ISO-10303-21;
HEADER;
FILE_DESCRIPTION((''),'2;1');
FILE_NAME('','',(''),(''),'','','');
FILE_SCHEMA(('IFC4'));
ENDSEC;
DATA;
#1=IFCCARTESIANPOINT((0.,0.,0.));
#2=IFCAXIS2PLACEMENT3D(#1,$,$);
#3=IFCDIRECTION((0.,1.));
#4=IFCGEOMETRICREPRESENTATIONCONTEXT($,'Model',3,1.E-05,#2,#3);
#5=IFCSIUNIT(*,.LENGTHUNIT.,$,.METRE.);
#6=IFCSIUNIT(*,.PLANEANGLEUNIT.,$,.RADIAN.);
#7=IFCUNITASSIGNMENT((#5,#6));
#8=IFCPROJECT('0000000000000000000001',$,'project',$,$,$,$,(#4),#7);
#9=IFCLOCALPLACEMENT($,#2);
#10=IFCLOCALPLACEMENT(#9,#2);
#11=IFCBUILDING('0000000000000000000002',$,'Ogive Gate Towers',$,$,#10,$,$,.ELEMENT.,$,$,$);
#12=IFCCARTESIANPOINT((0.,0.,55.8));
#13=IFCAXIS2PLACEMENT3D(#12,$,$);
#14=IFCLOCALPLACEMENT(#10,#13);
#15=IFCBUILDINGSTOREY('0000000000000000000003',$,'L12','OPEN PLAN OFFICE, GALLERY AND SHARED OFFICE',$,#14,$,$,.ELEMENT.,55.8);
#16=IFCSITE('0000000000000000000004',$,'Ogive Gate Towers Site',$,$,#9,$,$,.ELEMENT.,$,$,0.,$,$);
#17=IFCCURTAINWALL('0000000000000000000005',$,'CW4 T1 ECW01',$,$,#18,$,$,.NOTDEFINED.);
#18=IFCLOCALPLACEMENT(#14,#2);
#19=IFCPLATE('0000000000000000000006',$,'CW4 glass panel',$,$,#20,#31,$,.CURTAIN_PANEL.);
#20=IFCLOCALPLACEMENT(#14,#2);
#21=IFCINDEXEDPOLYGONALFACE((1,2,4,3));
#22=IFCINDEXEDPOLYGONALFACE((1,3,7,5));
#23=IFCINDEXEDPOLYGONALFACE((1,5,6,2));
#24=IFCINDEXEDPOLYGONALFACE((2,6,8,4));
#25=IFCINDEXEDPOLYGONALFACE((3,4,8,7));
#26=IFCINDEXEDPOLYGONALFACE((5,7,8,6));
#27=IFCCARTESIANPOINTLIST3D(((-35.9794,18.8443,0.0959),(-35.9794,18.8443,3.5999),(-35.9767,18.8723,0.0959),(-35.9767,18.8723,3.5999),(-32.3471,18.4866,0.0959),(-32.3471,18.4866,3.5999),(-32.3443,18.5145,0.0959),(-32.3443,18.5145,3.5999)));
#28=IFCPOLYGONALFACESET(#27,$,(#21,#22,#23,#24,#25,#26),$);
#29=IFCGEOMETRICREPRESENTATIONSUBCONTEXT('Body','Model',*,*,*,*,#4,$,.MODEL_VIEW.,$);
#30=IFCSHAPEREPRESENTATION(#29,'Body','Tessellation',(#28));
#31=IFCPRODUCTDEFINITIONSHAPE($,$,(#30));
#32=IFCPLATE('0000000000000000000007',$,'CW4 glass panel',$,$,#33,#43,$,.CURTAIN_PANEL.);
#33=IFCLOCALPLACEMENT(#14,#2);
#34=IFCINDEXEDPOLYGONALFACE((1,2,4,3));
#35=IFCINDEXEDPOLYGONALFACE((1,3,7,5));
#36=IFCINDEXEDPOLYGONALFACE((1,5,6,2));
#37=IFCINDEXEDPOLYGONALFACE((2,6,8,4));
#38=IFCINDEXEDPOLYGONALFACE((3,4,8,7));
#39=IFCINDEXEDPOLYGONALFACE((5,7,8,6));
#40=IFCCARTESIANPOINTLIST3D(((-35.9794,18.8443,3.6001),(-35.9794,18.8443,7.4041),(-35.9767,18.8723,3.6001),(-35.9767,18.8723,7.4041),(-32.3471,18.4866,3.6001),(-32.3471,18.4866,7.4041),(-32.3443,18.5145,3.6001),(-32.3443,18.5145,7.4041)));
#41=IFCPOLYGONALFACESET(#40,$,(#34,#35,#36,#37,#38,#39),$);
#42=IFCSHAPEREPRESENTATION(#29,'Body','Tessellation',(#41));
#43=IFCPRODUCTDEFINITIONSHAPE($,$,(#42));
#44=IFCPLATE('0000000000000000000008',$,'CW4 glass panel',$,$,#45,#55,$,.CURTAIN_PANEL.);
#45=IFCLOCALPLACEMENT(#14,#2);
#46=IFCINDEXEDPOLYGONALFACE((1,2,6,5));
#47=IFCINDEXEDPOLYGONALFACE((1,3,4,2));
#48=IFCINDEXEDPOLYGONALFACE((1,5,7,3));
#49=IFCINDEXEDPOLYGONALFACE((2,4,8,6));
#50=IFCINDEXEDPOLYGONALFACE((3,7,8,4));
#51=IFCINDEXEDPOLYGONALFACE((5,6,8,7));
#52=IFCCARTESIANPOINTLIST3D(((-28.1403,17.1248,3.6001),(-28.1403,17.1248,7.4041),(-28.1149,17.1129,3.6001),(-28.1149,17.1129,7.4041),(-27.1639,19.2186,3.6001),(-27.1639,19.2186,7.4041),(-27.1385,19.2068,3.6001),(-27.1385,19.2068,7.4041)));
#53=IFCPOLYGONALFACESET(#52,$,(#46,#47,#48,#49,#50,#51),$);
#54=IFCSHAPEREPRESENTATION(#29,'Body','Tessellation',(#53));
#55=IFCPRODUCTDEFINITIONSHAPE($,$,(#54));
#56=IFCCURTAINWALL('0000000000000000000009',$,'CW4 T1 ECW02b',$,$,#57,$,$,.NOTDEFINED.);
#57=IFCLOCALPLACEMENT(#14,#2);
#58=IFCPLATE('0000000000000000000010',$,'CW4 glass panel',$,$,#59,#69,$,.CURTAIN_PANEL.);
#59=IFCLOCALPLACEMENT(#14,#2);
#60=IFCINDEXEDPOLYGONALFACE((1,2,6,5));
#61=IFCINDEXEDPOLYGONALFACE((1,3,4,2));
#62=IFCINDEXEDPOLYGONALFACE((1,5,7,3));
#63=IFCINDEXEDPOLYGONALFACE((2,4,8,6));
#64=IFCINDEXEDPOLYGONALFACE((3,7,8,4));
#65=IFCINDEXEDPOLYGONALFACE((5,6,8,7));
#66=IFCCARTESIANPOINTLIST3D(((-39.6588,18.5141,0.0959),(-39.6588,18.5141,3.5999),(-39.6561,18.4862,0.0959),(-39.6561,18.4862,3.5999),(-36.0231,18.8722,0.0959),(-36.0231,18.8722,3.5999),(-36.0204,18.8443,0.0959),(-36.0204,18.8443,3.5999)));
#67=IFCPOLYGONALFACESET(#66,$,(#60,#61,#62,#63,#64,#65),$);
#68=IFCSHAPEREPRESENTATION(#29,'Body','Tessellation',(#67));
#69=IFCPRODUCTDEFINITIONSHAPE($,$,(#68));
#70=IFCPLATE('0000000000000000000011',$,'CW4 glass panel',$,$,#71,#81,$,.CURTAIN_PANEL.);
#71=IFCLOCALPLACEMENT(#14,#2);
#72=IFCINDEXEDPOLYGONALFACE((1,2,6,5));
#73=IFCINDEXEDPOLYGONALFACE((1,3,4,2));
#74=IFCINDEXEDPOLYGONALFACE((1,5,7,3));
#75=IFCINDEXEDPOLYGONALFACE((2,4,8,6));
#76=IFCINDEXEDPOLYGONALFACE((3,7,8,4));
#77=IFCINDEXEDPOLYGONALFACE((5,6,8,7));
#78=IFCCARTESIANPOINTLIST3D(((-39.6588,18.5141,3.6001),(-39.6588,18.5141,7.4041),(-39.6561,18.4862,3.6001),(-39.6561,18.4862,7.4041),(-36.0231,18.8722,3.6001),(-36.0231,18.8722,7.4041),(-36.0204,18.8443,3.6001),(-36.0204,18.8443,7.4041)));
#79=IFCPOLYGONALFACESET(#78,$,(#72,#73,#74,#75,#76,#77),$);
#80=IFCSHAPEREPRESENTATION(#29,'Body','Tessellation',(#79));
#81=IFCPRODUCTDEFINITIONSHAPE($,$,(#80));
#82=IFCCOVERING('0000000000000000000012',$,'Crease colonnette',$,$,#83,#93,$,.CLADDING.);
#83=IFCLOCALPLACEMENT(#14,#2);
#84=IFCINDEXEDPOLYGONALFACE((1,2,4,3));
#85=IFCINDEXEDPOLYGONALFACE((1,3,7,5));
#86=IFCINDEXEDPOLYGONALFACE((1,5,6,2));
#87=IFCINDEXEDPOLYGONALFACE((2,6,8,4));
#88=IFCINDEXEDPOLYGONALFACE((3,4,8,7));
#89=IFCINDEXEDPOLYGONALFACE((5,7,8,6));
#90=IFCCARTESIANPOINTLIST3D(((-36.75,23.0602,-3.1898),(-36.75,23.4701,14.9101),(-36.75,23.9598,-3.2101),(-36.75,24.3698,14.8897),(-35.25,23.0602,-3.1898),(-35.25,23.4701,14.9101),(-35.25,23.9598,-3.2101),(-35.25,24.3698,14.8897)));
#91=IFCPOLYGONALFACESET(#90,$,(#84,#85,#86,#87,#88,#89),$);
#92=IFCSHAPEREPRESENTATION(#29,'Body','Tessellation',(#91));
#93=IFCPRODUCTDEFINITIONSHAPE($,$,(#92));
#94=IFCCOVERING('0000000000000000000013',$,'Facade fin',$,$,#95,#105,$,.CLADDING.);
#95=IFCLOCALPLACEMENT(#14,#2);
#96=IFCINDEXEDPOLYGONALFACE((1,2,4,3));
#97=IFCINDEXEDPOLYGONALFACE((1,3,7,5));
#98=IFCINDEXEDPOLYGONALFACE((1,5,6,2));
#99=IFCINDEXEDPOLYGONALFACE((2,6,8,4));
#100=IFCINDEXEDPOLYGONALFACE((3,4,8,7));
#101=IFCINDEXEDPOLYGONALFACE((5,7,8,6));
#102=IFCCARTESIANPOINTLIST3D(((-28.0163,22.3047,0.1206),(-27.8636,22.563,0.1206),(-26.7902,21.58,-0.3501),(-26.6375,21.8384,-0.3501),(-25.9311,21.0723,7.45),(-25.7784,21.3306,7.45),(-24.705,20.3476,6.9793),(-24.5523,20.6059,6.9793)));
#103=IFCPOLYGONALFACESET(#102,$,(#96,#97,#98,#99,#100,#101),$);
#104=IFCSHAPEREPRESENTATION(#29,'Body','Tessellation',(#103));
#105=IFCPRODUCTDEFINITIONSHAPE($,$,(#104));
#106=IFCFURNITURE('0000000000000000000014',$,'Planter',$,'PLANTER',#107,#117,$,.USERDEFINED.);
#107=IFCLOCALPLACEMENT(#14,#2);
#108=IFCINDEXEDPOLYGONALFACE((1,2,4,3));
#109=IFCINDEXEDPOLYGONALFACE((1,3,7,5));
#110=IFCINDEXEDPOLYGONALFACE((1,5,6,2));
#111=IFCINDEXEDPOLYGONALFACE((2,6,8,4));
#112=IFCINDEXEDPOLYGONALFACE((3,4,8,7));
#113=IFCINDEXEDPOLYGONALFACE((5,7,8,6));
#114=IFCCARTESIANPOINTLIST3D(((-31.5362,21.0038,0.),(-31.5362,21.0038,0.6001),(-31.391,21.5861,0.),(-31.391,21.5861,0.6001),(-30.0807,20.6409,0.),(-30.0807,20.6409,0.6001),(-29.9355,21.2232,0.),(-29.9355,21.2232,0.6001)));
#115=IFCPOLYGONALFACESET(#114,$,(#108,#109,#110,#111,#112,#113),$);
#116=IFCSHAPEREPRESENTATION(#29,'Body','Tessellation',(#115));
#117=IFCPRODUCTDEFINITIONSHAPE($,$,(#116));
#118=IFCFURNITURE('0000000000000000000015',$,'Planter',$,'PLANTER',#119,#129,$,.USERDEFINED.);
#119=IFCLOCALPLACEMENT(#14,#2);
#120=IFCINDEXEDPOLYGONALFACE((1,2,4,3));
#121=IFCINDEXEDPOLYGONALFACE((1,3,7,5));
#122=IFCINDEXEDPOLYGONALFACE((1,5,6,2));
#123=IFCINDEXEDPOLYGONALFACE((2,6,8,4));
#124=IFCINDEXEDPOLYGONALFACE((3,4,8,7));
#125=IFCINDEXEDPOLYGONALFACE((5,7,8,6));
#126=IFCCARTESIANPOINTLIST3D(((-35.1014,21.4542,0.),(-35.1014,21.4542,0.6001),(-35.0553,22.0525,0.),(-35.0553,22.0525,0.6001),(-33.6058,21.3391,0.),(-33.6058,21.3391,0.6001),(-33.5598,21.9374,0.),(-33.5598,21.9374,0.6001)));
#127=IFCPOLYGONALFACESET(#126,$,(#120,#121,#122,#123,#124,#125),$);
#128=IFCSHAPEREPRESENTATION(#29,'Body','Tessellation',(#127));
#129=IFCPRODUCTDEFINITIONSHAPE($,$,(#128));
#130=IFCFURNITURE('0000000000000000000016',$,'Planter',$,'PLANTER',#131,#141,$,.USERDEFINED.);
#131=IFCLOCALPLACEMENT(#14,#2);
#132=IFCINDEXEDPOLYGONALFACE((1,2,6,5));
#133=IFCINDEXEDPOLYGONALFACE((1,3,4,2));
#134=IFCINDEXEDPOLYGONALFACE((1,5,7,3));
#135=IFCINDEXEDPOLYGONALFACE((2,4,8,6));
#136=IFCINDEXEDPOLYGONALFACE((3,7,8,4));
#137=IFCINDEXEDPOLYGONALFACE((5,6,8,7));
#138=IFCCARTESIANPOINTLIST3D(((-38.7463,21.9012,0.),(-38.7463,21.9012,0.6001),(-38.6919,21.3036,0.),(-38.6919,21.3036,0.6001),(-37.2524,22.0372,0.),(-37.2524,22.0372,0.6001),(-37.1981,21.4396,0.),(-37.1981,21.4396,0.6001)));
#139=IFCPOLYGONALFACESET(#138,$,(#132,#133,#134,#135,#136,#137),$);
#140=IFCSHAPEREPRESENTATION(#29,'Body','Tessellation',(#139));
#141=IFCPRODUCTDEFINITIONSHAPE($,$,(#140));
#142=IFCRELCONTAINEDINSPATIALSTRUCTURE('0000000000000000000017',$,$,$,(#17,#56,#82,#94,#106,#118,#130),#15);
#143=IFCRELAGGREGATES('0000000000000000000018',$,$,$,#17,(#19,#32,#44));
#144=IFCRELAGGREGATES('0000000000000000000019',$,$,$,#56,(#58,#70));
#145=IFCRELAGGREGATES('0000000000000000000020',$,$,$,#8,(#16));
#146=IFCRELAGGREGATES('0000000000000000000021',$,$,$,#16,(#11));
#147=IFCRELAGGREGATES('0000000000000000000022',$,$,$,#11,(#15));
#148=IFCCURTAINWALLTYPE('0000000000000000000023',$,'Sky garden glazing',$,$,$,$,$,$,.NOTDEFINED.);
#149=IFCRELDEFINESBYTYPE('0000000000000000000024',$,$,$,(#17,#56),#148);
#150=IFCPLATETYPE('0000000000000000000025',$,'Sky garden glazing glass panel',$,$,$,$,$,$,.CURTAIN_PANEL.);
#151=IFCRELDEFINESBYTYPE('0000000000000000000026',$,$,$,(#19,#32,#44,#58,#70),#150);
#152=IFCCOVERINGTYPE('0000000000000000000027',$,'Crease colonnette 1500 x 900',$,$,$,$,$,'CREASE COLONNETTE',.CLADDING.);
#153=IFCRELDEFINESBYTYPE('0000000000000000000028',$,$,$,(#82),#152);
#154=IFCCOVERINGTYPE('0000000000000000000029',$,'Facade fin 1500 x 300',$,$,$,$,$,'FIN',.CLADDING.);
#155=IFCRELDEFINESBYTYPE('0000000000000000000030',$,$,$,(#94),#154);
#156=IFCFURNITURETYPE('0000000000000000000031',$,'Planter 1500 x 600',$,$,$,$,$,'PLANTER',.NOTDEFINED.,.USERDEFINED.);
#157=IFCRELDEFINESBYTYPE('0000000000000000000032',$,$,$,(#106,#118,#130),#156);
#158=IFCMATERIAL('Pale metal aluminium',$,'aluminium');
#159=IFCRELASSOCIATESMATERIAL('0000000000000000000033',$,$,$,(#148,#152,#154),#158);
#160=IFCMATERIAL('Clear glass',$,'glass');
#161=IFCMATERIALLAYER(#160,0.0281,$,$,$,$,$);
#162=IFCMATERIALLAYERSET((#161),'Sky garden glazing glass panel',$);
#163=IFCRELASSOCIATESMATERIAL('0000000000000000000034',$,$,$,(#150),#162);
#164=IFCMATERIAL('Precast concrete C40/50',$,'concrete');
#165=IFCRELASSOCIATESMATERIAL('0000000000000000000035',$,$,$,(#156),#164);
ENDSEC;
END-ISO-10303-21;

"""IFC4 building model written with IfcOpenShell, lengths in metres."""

from ifc_helpers import new_model, si_unit, direction, frame, origin, origin_2d, place, context, subcontext, project, spatial, rectangle, extrude, material, layer, layer_set, material_profile, profile_set, type_object, element, aggregate, save


model = new_model("IFC4")

# Units and contexts
model_context = context("Model", 3, precision=1e-05, world=origin(), true_north=direction((0.0, 1.0)))
body_context = subcontext(model_context, "Body", "Model", "MODEL_VIEW")
ifc_project = project(units=[si_unit("LENGTHUNIT", "METRE"), si_unit("PLANEANGLEUNIT", "RADIAN")], contexts=[model_context])

# Site, building, storey
site_placement = place(None, origin())
site = spatial("IfcSite", under=ifc_project, at=site_placement, Name="Ogive Gate Towers Site", CompositionType="ELEMENT", RefElevation=0.0)
building_placement = place(site_placement, origin())
building = spatial("IfcBuilding", under=site, at=building_placement, Name="Ogive Gate Towers", CompositionType="ELEMENT")
storey_placement = place(building_placement, frame((0.0, 0.0, 55.8)))
storey = spatial("IfcBuildingStorey", under=building, at=storey_placement, Name="L12", Description="OPEN PLAN OFFICE, GALLERY AND SHARED OFFICE", CompositionType="ELEMENT", Elevation=55.8)

# Curtain wall
ifc_material_1 = material(Name="Pale metal aluminium", Category="aluminium")
curtain_wall_type_1 = type_object("IfcCurtainWallType", Name="Sky garden glazing", PredefinedType="NOTDEFINED", material=ifc_material_1)
curtain_wall_1_placement = place(storey_placement, origin())
curtain_wall_1 = element("IfcCurtainWall", 1, at=curtain_wall_1_placement, inside=storey, type_object=curtain_wall_type_1, Name="CW4 T1 ECW01", PredefinedType="NOTDEFINED")

# Plates
ifc_material_2 = material(Name="Clear glass", Category="glass")
ifc_layer = layer(ifc_material_2, 0.0281)
ifc_layer_set = layer_set([ifc_layer], Name="Sky garden glazing glass panel")
plate_type = type_object("IfcPlateType", Name="Sky garden glazing glass panel", PredefinedType="CURTAIN_PANEL", material=ifc_layer_set)
plate_1_placement = place(storey_placement, frame((-34.1619, 18.6794, 0.0959), z_axis=(0.0, 0.0, 1.0), x_axis=(0.995185, -0.098017, 0.0)))
plate_1 = element("IfcPlate", 2, at=plate_1_placement, type_object=plate_type, Name="CW4 glass panel", PredefinedType="CURTAIN_PANEL", context=body_context, shape_type="SweptSolid", body=[
    extrude(rectangle(XDim=3.6499, YDim=0.0281, at=origin_2d()), origin(), (0.0, 0.0, 1.0), 3.5039),
])
plate_2_placement = place(storey_placement, frame((-34.1619, 18.6794, 3.6001), z_axis=(0.0, 0.0, 1.0), x_axis=(0.995185, -0.098017, 0.0)))
plate_2 = element("IfcPlate", 3, at=plate_2_placement, type_object=plate_type, Name="CW4 glass panel", PredefinedType="CURTAIN_PANEL", context=body_context, shape_type="SweptSolid", body=[
    extrude(rectangle(XDim=3.6499, YDim=0.0281, at=origin_2d()), origin(), (0.0, 0.0, 1.0), 3.804),
])
plate_3_placement = place(storey_placement, frame((-27.6394, 18.1658, 3.6001), z_axis=(0.0, 0.0, 1.0), x_axis=(0.422618, 0.906308, 0.0)))
plate_3 = element("IfcPlate", 4, at=plate_3_placement, type_object=plate_type, Name="CW4 glass panel", PredefinedType="CURTAIN_PANEL", context=body_context, shape_type="SweptSolid", body=[
    extrude(rectangle(XDim=2.3103, YDim=0.0281, at=origin_2d()), origin(), (0.0, 0.0, 1.0), 3.804),
])
aggregate(curtain_wall_1, [plate_1, plate_2, plate_3])

# Curtain wall, plates
curtain_wall_2_placement = place(storey_placement, origin())
curtain_wall_2 = element("IfcCurtainWall", 5, at=curtain_wall_2_placement, inside=storey, type_object=curtain_wall_type_1, Name="CW4 T1 ECW02b", PredefinedType="NOTDEFINED")
plate_4_placement = place(storey_placement, frame((-37.8396, 18.6792, 0.0959), z_axis=(0.0, 0.0, 1.0), x_axis=(0.995185, 0.098017, 0.0)))
plate_4 = element("IfcPlate", 6, at=plate_4_placement, type_object=plate_type, Name="CW4 glass panel", PredefinedType="CURTAIN_PANEL", context=body_context, shape_type="SweptSolid", body=[
    extrude(rectangle(XDim=3.6533, YDim=0.0281, at=origin_2d()), origin(), (0.0, 0.0, 1.0), 3.5039),
])
plate_5_placement = place(storey_placement, frame((-37.8396, 18.6792, 3.6001), z_axis=(0.0, 0.0, 1.0), x_axis=(0.995185, 0.098017, 0.0)))
plate_5 = element("IfcPlate", 7, at=plate_5_placement, type_object=plate_type, Name="CW4 glass panel", PredefinedType="CURTAIN_PANEL", context=body_context, shape_type="SweptSolid", body=[
    extrude(rectangle(XDim=3.6533, YDim=0.0281, at=origin_2d()), origin(), (0.0, 0.0, 1.0), 3.804),
])
aggregate(curtain_wall_2, [plate_4, plate_5])

# Coverings
ifc_material_profile_1 = material_profile(ifc_material_1, rectangle(XDim=1.5, YDim=0.8999, at=origin_2d()), Name="1500 x 900 pale metal aluminium")
ifc_profile_set_1 = profile_set([ifc_material_profile_1], Name="Pale metal aluminium")
covering_type_1 = type_object("IfcCoveringType", Name="Crease colonnette 1500 x 900", ElementType="CREASE COLONNETTE", PredefinedType="CLADDING", material=ifc_profile_set_1)
covering_1_placement = place(storey_placement, frame((-36.0, 23.51, -3.2), z_axis=(0.0, 0.022641, 0.999744), x_axis=(-1.0, 0.0, 0.0)))
element("IfcCovering", 8, at=covering_1_placement, inside=storey, type_object=covering_type_1, Name="Crease colonnette", PredefinedType="CLADDING", context=body_context, shape_type="SweptSolid", body=[
    extrude(rectangle(XDim=1.5, YDim=0.8999, at=origin_2d()), origin(), (0.0, 0.0, 1.0), 18.1045),
])
ifc_material_profile_2 = material_profile(ifc_material_1, rectangle(XDim=0.3, YDim=1.5, at=origin_2d()), Name="1500 x 300 pale metal aluminium")
ifc_profile_set_2 = profile_set([ifc_material_profile_2], Name="Pale metal aluminium")
covering_type_2 = type_object("IfcCoveringType", Name="Facade fin 1500 x 300", ElementType="FIN", PredefinedType="CLADDING", material=ifc_profile_set_2)
covering_2_placement = place(storey_placement, frame((-27.3269, 22.0715, -0.1147), z_axis=(0.270132, -0.159656, 0.949494), x_axis=(0.508807, 0.86088, 0.0)))
element("IfcCovering", 9, at=covering_2_placement, inside=storey, type_object=covering_type_2, Name="Facade fin", PredefinedType="CLADDING", context=body_context, shape_type="SweptSolid", body=[
    extrude(rectangle(XDim=0.3, YDim=1.5, at=origin_2d()), origin(), (0.0, 0.0, 1.0), 7.7192),
])

# Furniture
ifc_material_3 = material(Name="Precast concrete C40/50", Category="concrete")
furniture_type = type_object("IfcFurnitureType", Name="Planter 1500 x 600", ElementType="PLANTER", AssemblyPlace="NOTDEFINED", PredefinedType="USERDEFINED", material=ifc_material_3)
for number, where, z_axis, x_axis, name in (
    (10, (-30.7358, 21.1135, 0.0), (0.0, 0.0, 1.0), (-0.970296, 0.241922, 0.0), "Planter"),
    (11, (-34.3306, 21.6958, 0.0), (0.0, 0.0, 1.0), (-0.997053, 0.076719, 0.0), "Planter"),
    (12, (-37.9722, 21.6704, 0.0), (0.0, 0.0, 1.0), (-0.995884, -0.090633, 0.0), "Planter"),
):
    element("IfcFurniture", number, at=place(storey_placement, frame(where, z_axis=z_axis, x_axis=x_axis)), inside=storey, type_object=furniture_type, Name=name, ObjectType="PLANTER", PredefinedType="USERDEFINED", context=body_context, shape_type="SweptSolid", body=[
        extrude(rectangle(XDim=1.5, YDim=0.6001, at=origin_2d()), origin(), (0.0, 0.0, 1.0), 0.6001),
    ])

save(model, "model.ifc")
